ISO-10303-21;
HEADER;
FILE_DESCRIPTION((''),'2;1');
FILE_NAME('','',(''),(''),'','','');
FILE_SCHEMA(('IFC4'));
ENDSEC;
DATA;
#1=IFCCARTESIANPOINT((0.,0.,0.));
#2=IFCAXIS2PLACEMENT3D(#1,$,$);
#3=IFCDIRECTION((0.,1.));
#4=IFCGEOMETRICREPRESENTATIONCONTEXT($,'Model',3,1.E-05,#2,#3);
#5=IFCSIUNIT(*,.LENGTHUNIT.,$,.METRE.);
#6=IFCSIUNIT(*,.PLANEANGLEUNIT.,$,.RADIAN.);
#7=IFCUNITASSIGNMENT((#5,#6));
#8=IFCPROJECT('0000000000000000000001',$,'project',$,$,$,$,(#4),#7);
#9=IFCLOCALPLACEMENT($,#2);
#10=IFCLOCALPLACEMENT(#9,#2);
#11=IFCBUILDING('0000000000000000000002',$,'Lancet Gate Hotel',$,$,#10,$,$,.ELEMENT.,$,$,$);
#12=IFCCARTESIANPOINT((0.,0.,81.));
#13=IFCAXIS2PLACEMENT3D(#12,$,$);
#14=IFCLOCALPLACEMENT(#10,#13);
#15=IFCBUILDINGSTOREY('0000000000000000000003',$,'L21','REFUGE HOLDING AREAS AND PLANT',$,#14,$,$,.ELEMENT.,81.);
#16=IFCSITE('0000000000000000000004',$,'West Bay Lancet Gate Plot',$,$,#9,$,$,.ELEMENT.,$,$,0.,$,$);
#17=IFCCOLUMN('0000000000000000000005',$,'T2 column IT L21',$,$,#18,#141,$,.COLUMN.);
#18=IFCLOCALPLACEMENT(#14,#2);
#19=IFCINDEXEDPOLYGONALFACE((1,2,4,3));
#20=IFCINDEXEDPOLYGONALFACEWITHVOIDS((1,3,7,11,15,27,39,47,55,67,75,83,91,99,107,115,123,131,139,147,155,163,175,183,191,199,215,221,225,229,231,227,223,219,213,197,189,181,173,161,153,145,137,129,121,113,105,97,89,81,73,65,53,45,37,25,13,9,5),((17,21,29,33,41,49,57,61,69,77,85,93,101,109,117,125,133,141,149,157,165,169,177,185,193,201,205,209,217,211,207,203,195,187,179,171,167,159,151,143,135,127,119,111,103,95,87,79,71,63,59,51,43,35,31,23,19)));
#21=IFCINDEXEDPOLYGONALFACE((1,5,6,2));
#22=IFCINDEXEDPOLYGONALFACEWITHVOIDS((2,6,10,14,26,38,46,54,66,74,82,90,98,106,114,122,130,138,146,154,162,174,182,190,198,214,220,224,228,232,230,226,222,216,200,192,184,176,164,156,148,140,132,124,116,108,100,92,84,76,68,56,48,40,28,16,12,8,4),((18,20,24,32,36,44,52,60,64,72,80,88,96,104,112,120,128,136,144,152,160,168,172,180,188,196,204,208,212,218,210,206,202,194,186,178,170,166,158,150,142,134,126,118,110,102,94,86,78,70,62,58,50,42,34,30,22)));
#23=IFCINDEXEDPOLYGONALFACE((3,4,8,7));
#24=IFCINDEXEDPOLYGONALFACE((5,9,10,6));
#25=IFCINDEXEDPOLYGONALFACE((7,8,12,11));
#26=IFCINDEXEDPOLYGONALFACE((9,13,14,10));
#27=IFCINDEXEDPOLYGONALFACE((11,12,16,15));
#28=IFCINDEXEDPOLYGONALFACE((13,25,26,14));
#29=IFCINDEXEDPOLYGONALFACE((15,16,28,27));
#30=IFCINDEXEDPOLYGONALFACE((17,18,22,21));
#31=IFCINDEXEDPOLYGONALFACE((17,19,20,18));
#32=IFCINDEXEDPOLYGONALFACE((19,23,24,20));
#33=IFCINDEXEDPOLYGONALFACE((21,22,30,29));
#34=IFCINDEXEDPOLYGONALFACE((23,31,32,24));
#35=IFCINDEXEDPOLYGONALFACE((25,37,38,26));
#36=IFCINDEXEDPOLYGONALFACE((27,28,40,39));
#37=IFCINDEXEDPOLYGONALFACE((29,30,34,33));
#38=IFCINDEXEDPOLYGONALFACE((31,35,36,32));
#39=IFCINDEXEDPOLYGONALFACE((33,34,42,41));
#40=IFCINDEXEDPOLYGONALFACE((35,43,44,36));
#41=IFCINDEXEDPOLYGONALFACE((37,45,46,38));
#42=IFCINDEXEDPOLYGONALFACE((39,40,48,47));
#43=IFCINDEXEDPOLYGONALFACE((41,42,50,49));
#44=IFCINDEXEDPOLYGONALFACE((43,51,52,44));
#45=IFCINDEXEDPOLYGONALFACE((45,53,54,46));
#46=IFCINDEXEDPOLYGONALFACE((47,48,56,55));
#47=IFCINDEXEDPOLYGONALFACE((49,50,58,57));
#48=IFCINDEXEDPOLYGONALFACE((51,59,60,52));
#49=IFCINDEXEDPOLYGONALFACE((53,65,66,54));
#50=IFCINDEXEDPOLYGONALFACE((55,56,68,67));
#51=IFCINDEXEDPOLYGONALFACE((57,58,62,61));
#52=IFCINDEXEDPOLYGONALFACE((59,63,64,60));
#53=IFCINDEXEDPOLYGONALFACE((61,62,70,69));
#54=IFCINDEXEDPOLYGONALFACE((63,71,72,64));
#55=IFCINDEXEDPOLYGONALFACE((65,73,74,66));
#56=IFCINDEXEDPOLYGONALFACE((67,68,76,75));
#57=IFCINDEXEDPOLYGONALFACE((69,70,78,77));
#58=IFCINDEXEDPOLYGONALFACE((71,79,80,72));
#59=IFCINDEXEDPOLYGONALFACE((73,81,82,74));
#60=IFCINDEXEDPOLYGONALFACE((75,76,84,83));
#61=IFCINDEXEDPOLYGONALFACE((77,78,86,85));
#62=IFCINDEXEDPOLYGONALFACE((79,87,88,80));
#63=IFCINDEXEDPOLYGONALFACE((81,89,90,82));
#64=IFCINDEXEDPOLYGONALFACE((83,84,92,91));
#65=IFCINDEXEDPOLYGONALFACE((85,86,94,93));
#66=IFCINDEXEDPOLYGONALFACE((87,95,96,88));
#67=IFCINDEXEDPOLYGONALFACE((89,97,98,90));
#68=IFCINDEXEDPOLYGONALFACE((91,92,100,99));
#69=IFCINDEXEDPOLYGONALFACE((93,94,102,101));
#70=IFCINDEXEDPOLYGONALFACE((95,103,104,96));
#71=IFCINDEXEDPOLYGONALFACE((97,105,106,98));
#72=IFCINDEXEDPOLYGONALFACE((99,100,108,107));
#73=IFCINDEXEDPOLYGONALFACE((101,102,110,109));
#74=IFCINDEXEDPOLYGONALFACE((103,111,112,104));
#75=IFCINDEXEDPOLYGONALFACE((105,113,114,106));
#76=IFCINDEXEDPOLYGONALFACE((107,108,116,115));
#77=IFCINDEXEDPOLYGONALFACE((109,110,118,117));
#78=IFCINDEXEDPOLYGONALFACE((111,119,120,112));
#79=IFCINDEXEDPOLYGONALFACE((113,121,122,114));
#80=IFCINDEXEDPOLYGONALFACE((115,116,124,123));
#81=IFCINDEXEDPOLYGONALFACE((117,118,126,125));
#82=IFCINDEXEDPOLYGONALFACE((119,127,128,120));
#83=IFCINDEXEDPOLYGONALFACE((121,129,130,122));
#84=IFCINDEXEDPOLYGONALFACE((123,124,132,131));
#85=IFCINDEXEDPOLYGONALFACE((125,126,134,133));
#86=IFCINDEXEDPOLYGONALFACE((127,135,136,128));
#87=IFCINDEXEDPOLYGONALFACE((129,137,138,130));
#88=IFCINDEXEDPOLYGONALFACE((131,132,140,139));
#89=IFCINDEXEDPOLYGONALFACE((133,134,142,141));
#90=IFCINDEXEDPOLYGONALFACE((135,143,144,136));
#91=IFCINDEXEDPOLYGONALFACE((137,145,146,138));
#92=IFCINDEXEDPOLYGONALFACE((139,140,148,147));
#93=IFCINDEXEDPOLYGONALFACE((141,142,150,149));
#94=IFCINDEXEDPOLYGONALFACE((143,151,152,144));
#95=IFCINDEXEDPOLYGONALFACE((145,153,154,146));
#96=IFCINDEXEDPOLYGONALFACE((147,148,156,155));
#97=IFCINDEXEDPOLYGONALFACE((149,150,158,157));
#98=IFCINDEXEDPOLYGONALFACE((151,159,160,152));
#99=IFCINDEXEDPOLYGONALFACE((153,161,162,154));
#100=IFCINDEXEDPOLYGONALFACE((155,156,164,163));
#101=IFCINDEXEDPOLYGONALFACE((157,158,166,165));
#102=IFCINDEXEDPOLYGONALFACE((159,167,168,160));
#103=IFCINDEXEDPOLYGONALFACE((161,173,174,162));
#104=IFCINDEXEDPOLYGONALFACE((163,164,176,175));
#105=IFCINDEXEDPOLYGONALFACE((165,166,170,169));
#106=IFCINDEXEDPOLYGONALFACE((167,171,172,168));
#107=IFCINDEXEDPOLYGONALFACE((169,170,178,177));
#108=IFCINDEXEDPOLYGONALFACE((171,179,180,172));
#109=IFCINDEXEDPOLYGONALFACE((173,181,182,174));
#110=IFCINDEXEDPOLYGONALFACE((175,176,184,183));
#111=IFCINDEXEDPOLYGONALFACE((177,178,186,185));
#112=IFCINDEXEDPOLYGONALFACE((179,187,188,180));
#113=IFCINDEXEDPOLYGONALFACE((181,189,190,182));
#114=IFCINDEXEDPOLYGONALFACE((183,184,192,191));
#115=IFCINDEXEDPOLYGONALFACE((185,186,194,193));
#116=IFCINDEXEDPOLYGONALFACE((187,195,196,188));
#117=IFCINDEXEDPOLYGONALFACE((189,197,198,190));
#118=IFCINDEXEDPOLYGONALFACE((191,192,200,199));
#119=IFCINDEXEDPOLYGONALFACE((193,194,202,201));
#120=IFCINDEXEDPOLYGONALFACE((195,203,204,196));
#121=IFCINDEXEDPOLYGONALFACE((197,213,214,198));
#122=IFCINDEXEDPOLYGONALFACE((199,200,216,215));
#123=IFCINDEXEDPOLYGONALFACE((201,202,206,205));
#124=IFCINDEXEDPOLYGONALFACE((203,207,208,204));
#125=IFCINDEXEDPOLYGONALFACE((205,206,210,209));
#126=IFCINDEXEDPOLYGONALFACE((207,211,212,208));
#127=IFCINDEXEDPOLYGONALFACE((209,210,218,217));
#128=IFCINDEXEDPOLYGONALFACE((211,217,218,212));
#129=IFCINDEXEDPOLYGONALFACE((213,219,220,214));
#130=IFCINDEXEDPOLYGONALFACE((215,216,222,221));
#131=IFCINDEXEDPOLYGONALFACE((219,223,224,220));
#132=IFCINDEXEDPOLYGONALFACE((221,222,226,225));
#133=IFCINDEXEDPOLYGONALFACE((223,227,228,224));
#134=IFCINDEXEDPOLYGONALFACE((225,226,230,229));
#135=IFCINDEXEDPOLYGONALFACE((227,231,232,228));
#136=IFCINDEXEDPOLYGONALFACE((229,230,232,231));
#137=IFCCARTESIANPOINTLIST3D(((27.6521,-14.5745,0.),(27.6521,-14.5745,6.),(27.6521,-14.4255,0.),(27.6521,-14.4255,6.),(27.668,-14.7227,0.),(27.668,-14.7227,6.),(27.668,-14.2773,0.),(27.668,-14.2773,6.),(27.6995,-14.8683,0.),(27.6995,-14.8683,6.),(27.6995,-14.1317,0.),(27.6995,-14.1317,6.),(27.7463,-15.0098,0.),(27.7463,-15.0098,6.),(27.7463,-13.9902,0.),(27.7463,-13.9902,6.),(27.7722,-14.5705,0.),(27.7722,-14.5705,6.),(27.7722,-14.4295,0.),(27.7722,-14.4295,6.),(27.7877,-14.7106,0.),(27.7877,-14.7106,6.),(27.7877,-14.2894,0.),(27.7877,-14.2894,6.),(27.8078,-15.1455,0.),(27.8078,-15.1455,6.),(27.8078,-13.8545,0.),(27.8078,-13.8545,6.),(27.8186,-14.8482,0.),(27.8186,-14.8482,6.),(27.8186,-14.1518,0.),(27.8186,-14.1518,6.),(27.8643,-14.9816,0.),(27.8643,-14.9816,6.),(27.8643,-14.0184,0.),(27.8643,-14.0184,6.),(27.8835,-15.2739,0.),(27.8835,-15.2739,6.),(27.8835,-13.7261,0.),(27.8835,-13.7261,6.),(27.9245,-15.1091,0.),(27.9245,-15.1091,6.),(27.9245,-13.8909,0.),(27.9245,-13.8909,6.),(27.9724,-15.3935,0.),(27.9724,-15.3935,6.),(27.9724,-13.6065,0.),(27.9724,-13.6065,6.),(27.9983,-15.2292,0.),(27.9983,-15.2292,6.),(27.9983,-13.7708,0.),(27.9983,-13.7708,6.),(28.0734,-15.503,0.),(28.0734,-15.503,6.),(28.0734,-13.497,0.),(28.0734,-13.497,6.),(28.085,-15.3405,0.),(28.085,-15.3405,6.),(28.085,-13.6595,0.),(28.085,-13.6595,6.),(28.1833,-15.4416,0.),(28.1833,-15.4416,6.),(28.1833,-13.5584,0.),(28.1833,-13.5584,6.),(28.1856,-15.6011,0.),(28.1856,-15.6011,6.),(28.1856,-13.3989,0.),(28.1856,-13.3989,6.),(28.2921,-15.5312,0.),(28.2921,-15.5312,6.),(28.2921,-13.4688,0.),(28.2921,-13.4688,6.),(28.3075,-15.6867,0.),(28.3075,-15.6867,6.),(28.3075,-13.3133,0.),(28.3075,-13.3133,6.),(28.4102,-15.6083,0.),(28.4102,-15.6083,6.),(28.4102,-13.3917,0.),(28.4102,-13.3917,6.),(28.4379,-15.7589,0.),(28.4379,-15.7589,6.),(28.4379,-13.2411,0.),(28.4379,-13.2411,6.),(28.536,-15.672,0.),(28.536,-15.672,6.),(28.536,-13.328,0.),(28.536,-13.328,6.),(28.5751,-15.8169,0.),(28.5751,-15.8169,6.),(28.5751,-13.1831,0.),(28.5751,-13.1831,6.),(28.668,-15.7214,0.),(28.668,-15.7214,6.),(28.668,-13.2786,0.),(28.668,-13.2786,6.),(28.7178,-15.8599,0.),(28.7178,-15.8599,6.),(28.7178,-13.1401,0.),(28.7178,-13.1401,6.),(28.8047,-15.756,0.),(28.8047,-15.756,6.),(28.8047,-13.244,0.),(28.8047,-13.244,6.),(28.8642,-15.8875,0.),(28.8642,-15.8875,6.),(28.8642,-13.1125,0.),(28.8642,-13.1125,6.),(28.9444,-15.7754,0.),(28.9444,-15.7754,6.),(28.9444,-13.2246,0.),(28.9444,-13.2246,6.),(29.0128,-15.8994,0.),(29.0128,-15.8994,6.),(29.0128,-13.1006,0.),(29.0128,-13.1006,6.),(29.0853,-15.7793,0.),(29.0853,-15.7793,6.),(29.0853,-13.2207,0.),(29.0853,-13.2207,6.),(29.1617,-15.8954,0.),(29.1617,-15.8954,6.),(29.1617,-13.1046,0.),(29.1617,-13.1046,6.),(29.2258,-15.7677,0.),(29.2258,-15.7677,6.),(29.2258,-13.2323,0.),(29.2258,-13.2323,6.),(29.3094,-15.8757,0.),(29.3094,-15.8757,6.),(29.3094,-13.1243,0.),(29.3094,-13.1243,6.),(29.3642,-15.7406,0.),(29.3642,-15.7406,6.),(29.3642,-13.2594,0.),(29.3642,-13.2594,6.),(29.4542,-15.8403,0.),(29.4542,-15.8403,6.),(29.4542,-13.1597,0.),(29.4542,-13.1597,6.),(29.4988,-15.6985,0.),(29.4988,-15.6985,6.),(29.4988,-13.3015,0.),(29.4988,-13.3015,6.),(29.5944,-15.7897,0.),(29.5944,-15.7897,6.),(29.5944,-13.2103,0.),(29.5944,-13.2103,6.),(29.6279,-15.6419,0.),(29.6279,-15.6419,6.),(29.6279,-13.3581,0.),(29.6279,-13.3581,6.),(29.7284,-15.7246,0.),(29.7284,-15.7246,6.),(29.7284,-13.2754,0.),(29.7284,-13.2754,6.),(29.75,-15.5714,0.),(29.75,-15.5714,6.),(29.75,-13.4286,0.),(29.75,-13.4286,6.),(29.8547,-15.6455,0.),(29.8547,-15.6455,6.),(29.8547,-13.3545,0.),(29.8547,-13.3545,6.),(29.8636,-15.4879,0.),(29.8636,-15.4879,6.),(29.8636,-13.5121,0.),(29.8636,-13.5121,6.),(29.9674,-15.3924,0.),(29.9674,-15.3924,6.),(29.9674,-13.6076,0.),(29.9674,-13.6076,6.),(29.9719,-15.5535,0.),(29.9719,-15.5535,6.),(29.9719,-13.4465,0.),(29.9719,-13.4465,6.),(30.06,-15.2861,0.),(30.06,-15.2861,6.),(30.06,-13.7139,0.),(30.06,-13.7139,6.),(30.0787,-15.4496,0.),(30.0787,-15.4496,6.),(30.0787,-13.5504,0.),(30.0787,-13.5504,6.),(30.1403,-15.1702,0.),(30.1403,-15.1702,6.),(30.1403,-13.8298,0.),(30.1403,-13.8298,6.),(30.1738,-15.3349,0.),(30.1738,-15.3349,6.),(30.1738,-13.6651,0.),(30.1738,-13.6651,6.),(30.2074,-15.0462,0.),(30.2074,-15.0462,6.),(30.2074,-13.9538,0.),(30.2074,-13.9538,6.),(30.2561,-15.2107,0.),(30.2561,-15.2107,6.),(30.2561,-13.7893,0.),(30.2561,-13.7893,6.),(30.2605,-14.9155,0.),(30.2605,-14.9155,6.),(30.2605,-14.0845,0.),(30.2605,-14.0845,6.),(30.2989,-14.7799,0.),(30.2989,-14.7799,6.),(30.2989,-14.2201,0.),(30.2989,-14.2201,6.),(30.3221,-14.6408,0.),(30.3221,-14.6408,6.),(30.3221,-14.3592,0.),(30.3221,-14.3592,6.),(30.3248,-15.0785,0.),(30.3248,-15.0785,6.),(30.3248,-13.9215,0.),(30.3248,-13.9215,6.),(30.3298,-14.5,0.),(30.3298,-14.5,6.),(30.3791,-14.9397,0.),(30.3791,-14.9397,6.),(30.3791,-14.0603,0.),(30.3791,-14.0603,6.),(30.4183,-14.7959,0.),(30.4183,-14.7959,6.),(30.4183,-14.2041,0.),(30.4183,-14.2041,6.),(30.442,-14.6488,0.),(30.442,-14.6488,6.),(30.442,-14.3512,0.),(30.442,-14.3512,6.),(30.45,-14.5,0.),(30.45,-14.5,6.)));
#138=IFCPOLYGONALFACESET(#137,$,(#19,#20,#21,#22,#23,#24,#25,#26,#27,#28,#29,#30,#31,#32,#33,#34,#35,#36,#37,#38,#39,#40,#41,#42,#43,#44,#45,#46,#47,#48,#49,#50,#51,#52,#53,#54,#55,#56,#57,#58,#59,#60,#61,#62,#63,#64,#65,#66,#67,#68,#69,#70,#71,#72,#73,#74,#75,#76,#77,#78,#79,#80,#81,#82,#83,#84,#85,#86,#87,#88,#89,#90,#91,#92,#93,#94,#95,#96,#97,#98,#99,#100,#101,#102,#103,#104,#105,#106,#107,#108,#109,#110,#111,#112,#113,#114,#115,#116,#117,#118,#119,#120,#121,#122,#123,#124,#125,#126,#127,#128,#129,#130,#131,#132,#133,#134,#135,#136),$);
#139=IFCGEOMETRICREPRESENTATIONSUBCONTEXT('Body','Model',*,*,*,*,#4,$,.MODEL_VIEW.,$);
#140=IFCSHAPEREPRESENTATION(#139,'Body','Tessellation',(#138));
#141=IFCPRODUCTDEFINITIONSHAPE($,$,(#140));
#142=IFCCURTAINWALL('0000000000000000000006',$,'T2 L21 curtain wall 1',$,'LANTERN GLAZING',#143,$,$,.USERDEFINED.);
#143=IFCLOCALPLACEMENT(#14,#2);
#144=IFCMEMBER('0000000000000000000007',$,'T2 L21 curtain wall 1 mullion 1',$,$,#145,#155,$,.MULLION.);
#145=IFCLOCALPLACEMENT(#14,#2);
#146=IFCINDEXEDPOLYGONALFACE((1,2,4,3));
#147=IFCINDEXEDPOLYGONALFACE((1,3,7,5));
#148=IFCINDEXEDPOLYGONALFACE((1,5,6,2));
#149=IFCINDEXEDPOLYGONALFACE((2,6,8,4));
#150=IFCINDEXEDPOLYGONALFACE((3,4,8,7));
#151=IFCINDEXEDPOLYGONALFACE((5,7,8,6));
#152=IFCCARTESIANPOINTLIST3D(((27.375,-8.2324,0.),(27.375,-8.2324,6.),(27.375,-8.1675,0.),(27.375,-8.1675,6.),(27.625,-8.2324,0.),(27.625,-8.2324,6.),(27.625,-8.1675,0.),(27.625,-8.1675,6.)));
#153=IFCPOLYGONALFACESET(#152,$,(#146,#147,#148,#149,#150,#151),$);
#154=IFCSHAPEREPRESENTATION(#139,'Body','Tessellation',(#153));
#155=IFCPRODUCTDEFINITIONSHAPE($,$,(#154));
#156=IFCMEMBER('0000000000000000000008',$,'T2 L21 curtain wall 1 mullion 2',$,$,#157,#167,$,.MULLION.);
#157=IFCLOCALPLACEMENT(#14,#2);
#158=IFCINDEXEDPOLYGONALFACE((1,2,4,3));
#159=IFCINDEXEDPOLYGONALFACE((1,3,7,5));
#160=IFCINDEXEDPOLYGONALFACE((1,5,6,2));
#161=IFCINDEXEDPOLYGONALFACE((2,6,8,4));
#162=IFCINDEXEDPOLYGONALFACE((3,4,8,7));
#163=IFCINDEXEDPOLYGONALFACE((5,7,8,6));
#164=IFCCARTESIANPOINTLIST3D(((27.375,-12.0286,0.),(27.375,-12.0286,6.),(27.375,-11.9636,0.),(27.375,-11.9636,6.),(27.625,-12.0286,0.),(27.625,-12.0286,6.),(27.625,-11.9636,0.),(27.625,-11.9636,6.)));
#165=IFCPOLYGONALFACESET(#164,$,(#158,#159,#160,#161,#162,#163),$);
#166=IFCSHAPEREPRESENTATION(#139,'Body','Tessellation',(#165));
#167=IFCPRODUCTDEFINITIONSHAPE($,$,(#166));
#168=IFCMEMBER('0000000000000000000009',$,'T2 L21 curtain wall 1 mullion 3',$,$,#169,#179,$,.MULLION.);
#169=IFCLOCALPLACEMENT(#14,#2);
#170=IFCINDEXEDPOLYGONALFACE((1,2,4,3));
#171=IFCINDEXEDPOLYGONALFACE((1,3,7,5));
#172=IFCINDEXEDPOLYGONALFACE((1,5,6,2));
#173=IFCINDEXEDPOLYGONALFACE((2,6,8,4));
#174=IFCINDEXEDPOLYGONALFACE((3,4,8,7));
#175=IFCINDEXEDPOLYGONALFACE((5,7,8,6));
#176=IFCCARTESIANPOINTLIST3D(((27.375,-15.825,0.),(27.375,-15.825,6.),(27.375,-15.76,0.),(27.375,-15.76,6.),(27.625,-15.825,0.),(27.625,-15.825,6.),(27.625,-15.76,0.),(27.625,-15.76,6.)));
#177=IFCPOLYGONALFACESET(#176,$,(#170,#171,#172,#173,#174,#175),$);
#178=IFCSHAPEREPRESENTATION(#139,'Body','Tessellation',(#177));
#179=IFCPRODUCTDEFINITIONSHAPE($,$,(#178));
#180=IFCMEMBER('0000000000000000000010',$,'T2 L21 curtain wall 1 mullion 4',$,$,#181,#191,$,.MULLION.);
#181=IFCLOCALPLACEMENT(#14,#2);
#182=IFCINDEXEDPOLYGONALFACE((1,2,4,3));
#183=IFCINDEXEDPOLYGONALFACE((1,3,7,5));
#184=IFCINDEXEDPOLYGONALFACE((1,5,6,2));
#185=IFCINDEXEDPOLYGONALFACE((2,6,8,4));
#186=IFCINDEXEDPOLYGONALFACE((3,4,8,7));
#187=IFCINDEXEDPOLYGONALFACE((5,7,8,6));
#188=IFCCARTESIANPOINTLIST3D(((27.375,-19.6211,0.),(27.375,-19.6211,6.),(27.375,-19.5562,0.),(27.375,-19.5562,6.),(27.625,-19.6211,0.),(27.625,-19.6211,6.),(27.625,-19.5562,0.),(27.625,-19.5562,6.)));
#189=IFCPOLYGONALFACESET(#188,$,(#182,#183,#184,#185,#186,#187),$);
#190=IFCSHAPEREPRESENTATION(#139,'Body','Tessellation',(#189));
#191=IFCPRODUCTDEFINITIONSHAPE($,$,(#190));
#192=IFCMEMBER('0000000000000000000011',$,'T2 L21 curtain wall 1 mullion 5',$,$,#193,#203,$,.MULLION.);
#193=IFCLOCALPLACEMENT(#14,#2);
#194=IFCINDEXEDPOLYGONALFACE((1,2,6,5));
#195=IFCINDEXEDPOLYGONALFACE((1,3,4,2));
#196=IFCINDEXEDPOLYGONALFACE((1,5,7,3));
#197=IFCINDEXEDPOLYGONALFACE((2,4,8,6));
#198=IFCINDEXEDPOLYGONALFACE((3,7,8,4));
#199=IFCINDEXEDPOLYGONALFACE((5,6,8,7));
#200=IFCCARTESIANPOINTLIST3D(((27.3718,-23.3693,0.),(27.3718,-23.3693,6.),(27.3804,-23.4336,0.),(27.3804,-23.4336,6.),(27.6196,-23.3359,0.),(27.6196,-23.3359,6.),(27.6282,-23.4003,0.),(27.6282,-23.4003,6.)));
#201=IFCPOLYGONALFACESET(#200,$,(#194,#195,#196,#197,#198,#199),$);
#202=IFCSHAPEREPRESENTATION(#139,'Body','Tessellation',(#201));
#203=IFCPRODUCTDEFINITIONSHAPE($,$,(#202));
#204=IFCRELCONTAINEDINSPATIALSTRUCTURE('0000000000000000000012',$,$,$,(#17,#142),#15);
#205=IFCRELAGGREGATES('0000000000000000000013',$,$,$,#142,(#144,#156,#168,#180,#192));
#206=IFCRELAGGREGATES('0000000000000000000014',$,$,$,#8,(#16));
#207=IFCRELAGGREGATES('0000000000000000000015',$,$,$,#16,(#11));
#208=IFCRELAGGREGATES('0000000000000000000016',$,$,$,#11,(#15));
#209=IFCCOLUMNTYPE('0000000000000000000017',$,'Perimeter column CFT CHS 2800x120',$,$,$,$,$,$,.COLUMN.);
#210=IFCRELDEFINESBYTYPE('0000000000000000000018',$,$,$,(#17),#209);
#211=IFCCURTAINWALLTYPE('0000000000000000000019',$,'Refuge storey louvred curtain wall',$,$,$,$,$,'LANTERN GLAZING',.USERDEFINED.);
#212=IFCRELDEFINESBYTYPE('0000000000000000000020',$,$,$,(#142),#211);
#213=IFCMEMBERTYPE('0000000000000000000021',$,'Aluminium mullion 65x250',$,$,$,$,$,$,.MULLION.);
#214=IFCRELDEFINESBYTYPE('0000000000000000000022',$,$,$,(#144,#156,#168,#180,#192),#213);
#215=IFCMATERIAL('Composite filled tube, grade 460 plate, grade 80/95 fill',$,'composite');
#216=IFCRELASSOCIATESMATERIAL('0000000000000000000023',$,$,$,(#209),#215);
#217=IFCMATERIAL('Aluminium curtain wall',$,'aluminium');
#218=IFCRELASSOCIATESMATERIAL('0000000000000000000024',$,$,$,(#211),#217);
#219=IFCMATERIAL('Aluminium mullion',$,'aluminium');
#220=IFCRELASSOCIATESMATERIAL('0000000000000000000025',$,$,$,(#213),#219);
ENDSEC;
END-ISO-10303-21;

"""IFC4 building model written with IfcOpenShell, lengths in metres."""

from ifc_helpers import new_model, si_unit, direction, frame, origin, origin_2d, place, context, subcontext, project, spatial, rectangle, hollow_circle, extrude, material, material_profile, profile_set, type_object, element, aggregate, save


model = new_model("IFC4")

# Units and contexts
model_context = context("Model", 3, precision=1e-05, world=origin(), true_north=direction((0.0, 1.0)))
body_context = subcontext(model_context, "Body", "Model", "MODEL_VIEW")
ifc_project = project(units=[si_unit("LENGTHUNIT", "METRE"), si_unit("PLANEANGLEUNIT", "RADIAN")], contexts=[model_context])

# Site, building, storey
site_placement = place(None, origin())
site = spatial("IfcSite", under=ifc_project, at=site_placement, Name="West Bay Lancet Gate Plot", CompositionType="ELEMENT", RefElevation=0.0)
building_placement = place(site_placement, origin())
building = spatial("IfcBuilding", under=site, at=building_placement, Name="Lancet Gate Hotel", CompositionType="ELEMENT")
storey_placement = place(building_placement, frame((0.0, 0.0, 81.0)))
storey = spatial("IfcBuildingStorey", under=building, at=storey_placement, Name="L21", Description="REFUGE HOLDING AREAS AND PLANT", CompositionType="ELEMENT", Elevation=81.0)

# Column
ifc_material_1 = material(Name="Composite filled tube, grade 460 plate, grade 80/95 fill", Category="composite")
ifc_material_profile_1 = material_profile(ifc_material_1, hollow_circle(Radius=1.3999, WallThickness=0.1201, at=origin_2d()), Name="CHS 2800x120")
ifc_profile_set_1 = profile_set([ifc_material_profile_1], Name="Composite filled tube, grade 460 plate, grade 80/95 fill")
column_type = type_object("IfcColumnType", Name="Perimeter column CFT CHS 2800x120", PredefinedType="COLUMN", material=ifc_profile_set_1)
column_placement = place(storey_placement, frame((29.05, -14.5, 0.0), z_axis=(0.0, 0.0, 1.0), x_axis=(1.0, 0.0, 0.0)))
element("IfcColumn", 1, at=column_placement, inside=storey, type_object=column_type, Name="T2 column IT L21", PredefinedType="COLUMN", context=body_context, shape_type="SweptSolid", body=[
    extrude(hollow_circle(Radius=1.3999, WallThickness=0.1201, at=origin_2d()), origin(), (0.0, 0.0, 1.0), 6.0),
])

# Curtain wall, members
ifc_material_2 = material(Name="Aluminium curtain wall", Category="aluminium")
curtain_wall_type = type_object("IfcCurtainWallType", Name="Refuge storey louvred curtain wall", ElementType="LANTERN GLAZING", PredefinedType="USERDEFINED", material=ifc_material_2)
curtain_wall_placement = place(storey_placement, origin())
curtain_wall = element("IfcCurtainWall", 2, at=curtain_wall_placement, inside=storey, type_object=curtain_wall_type, Name="T2 L21 curtain wall 1", ObjectType="LANTERN GLAZING", PredefinedType="USERDEFINED")
ifc_material_3 = material(Name="Aluminium mullion", Category="aluminium")
ifc_material_profile_2 = material_profile(ifc_material_3, rectangle(XDim=0.0649, YDim=0.25, at=origin_2d()), Name="MULLION 65x250")
ifc_profile_set_2 = profile_set([ifc_material_profile_2], Name="Aluminium mullion")
member_type_1 = type_object("IfcMemberType", Name="Aluminium mullion 65x250", PredefinedType="MULLION", material=ifc_profile_set_2)
member_1_placement = place(storey_placement, frame((27.5, -8.2, 0.0), z_axis=(0.0, 0.0, 1.0), x_axis=(0.0, -1.0, 0.0)))
member_1 = element("IfcMember", 3, at=member_1_placement, type_object=member_type_1, Name="T2 L21 curtain wall 1 mullion 1", PredefinedType="MULLION", context=body_context, shape_type="SweptSolid", body=[
    extrude(rectangle(XDim=0.0649, YDim=0.25, at=origin_2d()), origin(), (0.0, 0.0, 1.0), 6.0),
])
member_2_placement = place(storey_placement, frame((27.5, -11.9961, 0.0), z_axis=(0.0, 0.0, 1.0), x_axis=(0.0, -1.0, 0.0)))
member_2 = element("IfcMember", 4, at=member_2_placement, type_object=member_type_1, Name="T2 L21 curtain wall 1 mullion 2", PredefinedType="MULLION", context=body_context, shape_type="SweptSolid", body=[
    extrude(rectangle(XDim=0.0649, YDim=0.25, at=origin_2d()), origin(), (0.0, 0.0, 1.0), 6.0),
])
member_3_placement = place(storey_placement, frame((27.5, -15.7925, 0.0), z_axis=(0.0, 0.0, 1.0), x_axis=(0.0, -1.0, 0.0)))
member_3 = element("IfcMember", 5, at=member_3_placement, type_object=member_type_1, Name="T2 L21 curtain wall 1 mullion 3", PredefinedType="MULLION", context=body_context, shape_type="SweptSolid", body=[
    extrude(rectangle(XDim=0.0649, YDim=0.25, at=origin_2d()), origin(), (0.0, 0.0, 1.0), 6.0),
])
member_4_placement = place(storey_placement, frame((27.5, -19.5886, 0.0), z_axis=(0.0, 0.0, 1.0), x_axis=(0.0, -1.0, 0.0)))
member_4 = element("IfcMember", 6, at=member_4_placement, type_object=member_type_1, Name="T2 L21 curtain wall 1 mullion 4", PredefinedType="MULLION", context=body_context, shape_type="SweptSolid", body=[
    extrude(rectangle(XDim=0.0649, YDim=0.25, at=origin_2d()), origin(), (0.0, 0.0, 1.0), 6.0),
])
member_5_placement = place(storey_placement, frame((27.5, -23.3848, 0.0), z_axis=(0.0, 0.0, 1.0), x_axis=(0.133367, -0.991067, 0.0)))
member_5 = element("IfcMember", 7, at=member_5_placement, type_object=member_type_1, Name="T2 L21 curtain wall 1 mullion 5", PredefinedType="MULLION", context=body_context, shape_type="SweptSolid", body=[
    extrude(rectangle(XDim=0.0649, YDim=0.25, at=origin_2d()), origin(), (0.0, 0.0, 1.0), 6.0),
])

aggregate(curtain_wall, [member_1, member_2, member_3, member_4, member_5])

save(model, "model.ifc")
